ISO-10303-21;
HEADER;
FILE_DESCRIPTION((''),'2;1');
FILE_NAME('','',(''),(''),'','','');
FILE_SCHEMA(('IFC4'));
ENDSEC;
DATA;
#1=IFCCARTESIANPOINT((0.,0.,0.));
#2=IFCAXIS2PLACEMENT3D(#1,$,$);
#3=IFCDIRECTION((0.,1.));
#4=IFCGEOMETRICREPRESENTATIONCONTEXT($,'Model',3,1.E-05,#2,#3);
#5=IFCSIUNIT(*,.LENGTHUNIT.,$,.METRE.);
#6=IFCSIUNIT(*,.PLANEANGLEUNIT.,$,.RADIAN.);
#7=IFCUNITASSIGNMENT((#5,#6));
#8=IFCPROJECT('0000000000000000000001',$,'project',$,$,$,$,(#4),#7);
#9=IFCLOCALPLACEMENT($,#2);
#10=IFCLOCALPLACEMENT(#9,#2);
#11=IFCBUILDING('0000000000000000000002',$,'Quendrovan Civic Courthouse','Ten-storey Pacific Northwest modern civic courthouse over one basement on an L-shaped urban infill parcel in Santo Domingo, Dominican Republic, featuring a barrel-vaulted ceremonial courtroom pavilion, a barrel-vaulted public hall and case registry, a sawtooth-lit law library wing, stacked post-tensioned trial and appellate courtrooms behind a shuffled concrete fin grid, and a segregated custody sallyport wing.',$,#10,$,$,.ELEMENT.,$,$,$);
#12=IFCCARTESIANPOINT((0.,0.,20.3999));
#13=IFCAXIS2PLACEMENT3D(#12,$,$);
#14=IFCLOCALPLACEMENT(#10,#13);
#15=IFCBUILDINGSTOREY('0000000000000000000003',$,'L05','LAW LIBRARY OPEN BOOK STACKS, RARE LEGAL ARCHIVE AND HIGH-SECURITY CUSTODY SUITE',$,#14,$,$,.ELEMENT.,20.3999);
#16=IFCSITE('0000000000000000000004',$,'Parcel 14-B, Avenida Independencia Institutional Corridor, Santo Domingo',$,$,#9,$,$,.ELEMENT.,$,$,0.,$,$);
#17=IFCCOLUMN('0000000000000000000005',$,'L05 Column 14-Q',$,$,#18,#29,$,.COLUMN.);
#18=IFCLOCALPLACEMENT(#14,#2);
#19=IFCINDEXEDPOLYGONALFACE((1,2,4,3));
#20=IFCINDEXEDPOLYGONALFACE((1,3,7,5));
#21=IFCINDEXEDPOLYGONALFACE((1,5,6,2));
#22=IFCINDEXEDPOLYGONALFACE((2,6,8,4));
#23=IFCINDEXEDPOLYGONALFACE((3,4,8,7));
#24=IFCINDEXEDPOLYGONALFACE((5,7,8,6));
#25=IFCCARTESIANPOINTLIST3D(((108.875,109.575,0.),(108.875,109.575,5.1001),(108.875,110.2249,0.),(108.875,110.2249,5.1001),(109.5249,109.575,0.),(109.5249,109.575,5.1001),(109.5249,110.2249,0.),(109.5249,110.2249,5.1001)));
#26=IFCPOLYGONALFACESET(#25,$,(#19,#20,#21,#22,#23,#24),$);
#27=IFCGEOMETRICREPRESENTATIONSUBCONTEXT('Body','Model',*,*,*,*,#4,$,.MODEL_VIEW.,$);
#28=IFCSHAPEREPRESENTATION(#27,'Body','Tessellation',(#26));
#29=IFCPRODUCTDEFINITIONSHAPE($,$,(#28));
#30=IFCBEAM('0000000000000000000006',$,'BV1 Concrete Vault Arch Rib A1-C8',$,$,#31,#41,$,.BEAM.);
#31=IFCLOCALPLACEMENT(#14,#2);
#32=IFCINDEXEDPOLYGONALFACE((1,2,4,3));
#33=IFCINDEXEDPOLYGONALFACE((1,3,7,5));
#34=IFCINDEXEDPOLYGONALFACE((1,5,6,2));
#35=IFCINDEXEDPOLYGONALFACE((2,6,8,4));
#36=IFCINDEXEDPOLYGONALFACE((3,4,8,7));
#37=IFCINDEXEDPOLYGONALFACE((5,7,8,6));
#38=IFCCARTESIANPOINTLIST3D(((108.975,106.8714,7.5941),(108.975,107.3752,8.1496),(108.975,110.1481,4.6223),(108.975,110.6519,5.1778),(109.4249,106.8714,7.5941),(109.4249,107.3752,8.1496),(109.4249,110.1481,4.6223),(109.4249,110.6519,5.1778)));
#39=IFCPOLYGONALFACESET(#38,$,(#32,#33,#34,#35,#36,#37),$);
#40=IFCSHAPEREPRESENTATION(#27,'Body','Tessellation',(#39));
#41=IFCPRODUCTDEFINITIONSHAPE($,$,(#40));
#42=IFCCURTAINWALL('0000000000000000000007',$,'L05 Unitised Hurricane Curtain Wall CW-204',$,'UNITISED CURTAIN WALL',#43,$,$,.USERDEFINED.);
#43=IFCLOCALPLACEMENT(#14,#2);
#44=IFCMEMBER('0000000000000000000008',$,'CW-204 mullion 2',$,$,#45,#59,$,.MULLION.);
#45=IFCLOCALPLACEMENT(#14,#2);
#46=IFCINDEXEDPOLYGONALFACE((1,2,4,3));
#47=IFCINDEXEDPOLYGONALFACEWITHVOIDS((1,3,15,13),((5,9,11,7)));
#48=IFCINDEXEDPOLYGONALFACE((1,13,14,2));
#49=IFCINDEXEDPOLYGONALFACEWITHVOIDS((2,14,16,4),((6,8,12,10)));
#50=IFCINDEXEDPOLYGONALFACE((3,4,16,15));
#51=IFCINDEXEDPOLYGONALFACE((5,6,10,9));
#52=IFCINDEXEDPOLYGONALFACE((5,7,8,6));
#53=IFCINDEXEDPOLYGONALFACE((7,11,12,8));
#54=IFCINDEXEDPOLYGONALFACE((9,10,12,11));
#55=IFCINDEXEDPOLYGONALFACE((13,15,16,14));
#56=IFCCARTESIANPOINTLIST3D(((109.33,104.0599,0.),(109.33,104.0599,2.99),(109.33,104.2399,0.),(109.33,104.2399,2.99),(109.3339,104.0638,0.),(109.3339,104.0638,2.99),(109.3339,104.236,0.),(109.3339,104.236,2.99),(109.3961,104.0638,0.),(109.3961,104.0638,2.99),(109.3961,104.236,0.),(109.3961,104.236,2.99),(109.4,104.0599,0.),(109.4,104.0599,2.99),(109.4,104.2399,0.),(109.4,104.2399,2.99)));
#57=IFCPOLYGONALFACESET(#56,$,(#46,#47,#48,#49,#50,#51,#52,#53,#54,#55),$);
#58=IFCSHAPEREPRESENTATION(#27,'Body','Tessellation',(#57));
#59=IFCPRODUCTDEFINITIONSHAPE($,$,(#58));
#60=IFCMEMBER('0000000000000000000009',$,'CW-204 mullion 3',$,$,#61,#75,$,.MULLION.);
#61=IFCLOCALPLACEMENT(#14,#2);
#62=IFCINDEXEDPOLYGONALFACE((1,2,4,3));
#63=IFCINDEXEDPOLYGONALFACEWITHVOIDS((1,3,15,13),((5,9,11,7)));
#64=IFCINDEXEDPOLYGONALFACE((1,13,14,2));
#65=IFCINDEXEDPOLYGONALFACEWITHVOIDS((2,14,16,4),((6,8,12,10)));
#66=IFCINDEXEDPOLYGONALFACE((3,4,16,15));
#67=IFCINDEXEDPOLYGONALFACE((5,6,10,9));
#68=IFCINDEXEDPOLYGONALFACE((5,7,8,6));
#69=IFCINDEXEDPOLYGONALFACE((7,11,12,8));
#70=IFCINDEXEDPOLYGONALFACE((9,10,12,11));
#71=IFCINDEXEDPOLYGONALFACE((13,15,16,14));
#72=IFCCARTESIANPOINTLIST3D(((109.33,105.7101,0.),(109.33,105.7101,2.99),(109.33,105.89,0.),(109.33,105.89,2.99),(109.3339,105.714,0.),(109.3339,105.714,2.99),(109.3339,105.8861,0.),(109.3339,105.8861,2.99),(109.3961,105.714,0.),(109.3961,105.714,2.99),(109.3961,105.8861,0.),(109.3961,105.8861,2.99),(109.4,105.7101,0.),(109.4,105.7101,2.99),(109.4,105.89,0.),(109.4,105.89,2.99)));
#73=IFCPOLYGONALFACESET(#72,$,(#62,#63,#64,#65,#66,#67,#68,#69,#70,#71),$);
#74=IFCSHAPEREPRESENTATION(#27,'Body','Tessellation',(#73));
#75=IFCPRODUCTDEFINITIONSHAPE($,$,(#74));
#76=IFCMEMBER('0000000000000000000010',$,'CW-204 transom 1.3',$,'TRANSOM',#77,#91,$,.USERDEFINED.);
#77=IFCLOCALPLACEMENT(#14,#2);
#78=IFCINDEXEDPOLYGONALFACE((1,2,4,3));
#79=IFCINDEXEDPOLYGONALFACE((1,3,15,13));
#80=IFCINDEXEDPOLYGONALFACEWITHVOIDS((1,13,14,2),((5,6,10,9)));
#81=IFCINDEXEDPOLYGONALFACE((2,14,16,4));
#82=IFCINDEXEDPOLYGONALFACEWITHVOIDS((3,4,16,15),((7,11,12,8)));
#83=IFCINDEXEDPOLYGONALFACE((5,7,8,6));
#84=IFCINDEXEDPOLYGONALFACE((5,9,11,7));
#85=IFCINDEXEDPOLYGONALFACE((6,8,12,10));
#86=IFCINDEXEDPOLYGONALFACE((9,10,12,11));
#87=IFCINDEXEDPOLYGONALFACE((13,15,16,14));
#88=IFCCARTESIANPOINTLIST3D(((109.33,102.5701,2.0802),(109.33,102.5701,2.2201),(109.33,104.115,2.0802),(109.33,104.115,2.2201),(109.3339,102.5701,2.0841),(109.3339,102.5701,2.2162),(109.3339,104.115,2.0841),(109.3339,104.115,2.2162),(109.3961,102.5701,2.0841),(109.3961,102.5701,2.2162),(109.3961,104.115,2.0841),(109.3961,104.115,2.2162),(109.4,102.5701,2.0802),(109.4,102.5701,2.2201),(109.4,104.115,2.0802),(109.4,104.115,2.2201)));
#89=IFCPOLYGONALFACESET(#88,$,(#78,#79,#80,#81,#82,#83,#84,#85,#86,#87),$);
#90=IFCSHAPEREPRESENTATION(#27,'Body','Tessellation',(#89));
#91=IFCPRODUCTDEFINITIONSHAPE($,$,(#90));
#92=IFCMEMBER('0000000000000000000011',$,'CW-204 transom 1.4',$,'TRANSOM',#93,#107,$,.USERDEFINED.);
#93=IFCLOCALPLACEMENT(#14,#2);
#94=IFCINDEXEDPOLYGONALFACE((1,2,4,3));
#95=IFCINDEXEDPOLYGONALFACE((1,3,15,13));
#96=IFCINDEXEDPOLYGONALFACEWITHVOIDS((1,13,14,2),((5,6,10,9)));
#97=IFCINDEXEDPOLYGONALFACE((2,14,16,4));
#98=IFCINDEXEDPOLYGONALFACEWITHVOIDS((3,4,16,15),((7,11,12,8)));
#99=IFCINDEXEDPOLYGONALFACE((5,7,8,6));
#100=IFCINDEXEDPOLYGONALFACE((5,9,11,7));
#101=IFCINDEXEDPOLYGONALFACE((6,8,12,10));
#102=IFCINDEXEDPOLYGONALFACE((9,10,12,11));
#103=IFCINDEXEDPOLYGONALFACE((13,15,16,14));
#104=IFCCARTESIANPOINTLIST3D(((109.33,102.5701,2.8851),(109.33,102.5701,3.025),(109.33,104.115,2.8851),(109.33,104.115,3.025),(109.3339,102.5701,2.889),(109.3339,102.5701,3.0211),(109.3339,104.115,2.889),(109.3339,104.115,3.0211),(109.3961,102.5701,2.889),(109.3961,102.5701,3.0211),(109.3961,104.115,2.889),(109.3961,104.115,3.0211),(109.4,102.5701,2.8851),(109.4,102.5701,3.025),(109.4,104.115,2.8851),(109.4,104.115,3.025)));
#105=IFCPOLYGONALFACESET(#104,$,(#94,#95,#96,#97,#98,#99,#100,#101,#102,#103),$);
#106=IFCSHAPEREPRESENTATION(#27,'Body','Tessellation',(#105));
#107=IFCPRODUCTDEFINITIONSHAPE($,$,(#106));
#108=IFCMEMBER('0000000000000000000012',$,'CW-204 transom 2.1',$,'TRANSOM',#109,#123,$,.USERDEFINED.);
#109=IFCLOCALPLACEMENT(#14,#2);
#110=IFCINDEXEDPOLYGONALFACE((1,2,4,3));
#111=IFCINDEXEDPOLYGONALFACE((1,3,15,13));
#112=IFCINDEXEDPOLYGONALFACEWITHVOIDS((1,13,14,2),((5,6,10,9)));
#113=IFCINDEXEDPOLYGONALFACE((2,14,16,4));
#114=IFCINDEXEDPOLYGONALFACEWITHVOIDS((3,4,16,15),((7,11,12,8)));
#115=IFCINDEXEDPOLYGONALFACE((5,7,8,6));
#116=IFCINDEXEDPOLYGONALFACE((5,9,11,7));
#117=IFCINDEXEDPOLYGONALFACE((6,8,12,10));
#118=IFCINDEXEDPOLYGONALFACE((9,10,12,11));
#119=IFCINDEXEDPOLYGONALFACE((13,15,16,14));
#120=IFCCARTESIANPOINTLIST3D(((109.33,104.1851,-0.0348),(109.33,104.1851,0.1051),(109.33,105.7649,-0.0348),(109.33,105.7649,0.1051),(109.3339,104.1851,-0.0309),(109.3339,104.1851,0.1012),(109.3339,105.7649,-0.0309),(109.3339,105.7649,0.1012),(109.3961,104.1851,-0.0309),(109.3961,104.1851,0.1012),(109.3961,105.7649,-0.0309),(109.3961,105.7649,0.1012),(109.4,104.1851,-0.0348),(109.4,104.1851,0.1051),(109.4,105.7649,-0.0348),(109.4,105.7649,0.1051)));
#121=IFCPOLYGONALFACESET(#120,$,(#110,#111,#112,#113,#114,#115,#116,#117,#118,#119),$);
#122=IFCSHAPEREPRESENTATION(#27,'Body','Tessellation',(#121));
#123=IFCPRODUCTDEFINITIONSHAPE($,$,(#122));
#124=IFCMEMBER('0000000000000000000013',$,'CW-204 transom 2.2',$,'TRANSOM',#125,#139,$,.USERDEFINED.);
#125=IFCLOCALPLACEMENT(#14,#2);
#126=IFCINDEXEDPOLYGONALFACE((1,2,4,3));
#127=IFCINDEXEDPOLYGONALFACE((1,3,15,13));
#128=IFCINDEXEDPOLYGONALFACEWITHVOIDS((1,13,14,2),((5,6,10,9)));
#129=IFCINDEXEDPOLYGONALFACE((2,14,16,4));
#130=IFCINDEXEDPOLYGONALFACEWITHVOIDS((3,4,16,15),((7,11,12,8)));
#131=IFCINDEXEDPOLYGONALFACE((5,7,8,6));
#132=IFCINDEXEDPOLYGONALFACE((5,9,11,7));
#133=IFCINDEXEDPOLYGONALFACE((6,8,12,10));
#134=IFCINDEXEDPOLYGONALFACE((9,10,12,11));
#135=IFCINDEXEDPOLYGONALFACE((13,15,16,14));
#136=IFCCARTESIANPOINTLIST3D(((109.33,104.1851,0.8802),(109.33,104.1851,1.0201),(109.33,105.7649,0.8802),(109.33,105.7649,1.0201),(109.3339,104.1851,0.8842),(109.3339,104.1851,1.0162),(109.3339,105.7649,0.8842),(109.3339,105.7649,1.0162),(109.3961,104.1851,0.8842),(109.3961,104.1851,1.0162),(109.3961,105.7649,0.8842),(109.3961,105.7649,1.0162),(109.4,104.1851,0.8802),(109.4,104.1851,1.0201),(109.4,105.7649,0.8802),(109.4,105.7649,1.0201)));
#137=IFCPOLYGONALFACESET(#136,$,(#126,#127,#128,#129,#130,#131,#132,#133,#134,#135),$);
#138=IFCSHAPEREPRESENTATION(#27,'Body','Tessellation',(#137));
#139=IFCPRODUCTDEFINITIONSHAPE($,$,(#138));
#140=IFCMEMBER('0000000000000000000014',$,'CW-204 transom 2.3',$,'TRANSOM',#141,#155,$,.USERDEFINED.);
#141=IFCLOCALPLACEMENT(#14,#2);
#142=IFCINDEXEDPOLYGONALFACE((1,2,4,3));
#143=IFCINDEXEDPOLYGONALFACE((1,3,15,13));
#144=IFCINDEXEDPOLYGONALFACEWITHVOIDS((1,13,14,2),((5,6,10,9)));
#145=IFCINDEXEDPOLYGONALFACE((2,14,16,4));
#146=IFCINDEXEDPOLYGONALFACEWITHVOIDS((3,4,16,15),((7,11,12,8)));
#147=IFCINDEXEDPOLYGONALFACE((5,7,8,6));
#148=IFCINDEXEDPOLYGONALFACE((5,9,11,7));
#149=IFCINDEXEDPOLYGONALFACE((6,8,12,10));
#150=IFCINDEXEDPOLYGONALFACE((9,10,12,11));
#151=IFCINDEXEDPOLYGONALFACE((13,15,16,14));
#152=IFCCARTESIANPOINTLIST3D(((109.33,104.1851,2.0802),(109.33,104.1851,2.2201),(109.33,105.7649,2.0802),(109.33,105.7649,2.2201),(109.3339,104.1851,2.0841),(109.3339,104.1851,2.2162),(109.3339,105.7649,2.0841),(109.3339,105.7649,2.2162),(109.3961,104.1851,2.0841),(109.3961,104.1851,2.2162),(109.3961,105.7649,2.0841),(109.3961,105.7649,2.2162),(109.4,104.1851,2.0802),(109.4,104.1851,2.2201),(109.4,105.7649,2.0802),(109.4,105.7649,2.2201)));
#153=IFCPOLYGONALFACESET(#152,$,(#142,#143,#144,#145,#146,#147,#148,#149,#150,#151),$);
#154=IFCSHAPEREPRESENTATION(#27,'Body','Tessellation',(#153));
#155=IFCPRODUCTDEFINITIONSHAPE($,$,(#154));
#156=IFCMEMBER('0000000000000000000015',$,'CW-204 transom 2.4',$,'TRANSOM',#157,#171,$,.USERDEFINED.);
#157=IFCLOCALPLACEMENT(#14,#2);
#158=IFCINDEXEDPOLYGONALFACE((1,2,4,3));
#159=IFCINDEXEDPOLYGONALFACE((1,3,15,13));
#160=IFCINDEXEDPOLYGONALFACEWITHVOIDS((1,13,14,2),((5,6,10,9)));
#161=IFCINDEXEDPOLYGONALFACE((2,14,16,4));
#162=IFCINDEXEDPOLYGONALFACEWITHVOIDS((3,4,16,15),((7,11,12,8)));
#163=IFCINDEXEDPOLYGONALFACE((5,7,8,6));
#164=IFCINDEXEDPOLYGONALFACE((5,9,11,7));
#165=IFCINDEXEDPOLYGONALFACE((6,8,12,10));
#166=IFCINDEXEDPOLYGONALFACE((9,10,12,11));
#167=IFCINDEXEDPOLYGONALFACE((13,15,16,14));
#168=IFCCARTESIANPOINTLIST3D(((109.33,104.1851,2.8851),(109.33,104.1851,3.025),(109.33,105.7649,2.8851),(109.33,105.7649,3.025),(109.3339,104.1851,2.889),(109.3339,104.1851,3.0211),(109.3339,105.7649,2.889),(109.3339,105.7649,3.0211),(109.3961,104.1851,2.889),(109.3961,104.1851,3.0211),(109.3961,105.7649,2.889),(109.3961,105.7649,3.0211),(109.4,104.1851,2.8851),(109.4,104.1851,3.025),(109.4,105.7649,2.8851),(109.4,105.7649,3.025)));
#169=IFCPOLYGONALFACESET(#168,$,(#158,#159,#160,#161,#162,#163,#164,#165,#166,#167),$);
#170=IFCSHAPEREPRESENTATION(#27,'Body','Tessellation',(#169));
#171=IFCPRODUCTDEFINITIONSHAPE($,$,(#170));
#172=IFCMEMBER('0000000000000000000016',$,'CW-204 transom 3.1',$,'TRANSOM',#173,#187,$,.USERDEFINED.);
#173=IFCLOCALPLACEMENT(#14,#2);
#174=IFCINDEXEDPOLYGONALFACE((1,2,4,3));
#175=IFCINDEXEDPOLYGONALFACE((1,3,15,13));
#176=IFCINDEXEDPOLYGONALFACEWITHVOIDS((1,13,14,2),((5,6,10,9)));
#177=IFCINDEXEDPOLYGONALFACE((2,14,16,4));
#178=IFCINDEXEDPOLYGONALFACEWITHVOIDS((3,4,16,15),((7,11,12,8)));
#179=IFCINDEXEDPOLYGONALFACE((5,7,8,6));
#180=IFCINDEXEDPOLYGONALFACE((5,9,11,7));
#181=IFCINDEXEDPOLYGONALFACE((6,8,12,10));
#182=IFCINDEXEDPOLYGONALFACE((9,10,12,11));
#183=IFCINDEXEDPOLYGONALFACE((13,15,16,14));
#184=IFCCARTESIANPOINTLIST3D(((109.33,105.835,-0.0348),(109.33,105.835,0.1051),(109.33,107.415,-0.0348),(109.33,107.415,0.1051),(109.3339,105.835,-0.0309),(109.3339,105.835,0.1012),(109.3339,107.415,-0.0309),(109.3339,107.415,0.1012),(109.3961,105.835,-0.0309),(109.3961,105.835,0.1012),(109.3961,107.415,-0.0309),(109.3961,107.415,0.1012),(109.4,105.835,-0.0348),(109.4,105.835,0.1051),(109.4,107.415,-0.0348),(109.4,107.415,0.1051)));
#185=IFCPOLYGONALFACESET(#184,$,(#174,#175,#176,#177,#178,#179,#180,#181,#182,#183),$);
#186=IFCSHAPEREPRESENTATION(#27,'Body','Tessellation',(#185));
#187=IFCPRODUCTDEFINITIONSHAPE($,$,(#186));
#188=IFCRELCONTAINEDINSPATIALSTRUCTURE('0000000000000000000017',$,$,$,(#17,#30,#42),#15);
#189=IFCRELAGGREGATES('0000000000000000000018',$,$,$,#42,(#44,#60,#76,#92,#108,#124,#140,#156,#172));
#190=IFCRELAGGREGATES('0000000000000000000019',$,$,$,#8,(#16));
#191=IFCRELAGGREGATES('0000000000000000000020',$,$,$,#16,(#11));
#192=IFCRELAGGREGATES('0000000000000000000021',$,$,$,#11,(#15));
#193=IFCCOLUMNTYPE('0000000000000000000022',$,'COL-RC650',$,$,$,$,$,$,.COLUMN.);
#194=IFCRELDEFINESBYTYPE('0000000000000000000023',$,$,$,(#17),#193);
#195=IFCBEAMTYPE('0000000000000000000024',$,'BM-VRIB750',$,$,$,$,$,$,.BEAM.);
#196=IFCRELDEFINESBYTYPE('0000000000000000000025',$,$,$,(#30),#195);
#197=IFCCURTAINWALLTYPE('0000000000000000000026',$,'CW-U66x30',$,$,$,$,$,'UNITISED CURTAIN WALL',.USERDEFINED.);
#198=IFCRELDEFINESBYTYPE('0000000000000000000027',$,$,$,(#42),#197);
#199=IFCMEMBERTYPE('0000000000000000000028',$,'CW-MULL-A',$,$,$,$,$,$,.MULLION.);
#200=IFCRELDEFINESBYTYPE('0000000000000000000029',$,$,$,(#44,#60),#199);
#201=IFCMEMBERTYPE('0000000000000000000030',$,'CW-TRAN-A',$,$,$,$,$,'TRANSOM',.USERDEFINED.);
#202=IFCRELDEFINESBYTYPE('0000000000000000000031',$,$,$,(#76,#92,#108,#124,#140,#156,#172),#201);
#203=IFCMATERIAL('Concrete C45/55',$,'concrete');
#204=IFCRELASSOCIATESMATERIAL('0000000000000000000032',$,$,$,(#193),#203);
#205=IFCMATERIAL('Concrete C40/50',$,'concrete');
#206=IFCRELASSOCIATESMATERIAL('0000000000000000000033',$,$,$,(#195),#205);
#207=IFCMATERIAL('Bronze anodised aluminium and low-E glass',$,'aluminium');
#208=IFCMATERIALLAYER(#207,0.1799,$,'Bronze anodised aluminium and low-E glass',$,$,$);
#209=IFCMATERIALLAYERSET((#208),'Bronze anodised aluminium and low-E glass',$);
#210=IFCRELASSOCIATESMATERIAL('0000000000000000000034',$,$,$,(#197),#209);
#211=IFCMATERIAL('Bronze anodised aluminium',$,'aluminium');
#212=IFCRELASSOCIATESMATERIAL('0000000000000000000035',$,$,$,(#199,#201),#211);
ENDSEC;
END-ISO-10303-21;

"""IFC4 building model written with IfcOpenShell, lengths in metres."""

from ifc_helpers import new_model, si_unit, direction, frame, origin, origin_2d, place, context, subcontext, project, spatial, rectangle, hollow_rectangle, extrude, material, layer, layer_set, material_profile, profile_set, type_object, element, aggregate, save


model = new_model("IFC4")

# Units and contexts
model_context = context("Model", 3, precision=1e-05, world=origin(), true_north=direction((0.0, 1.0)))
body_context = subcontext(model_context, "Body", "Model", "MODEL_VIEW")
ifc_project = project(units=[si_unit("LENGTHUNIT", "METRE"), si_unit("PLANEANGLEUNIT", "RADIAN")], contexts=[model_context])

# Site, building, storey
site_placement = place(None, origin())
site = spatial("IfcSite", under=ifc_project, at=site_placement, Name="Parcel 14-B, Avenida Independencia Institutional Corridor, Santo Domingo", CompositionType="ELEMENT", RefElevation=0.0)
building_placement = place(site_placement, origin())
building = spatial("IfcBuilding", under=site, at=building_placement, Name="Quendrovan Civic Courthouse", Description="Ten-storey Pacific Northwest modern civic courthouse over one basement on an L-shaped urban infill parcel in Santo Domingo, Dominican Republic, featuring a barrel-vaulted ceremonial courtroom pavilion, a barrel-vaulted public hall and case registry, a sawtooth-lit law library wing, stacked post-tensioned trial and appellate courtrooms behind a shuffled concrete fin grid, and a segregated custody sallyport wing.", CompositionType="ELEMENT")
storey_placement = place(building_placement, frame((0.0, 0.0, 20.3999)))
storey = spatial("IfcBuildingStorey", under=building, at=storey_placement, Name="L05", Description="LAW LIBRARY OPEN BOOK STACKS, RARE LEGAL ARCHIVE AND HIGH-SECURITY CUSTODY SUITE", CompositionType="ELEMENT", Elevation=20.3999)

# Column
ifc_material_1 = material(Name="Concrete C45/55", Category="concrete")
ifc_material_profile_1 = material_profile(ifc_material_1, rectangle(XDim=0.6499, YDim=0.6499, at=origin_2d()), Name="RC-COL-650x650")
ifc_profile_set_1 = profile_set([ifc_material_profile_1], Name="Concrete C45/55")
column_type = type_object("IfcColumnType", Name="COL-RC650", PredefinedType="COLUMN", material=ifc_profile_set_1)
column_placement = place(storey_placement, frame((109.2, 109.8999, 0.0), z_axis=(0.0, 0.0, 1.0), x_axis=(1.0, 0.0, 0.0)))
element("IfcColumn", 1, at=column_placement, inside=storey, type_object=column_type, Name="L05 Column 14-Q", PredefinedType="COLUMN", context=body_context, shape_type="SweptSolid", body=[
    extrude(rectangle(XDim=0.6499, YDim=0.6499, at=origin_2d()), origin(), (0.0, 0.0, 1.0), 5.1001),
])

# Beam
ifc_material_2 = material(Name="Concrete C40/50", Category="concrete")
ifc_material_profile_2 = material_profile(ifc_material_2, rectangle(XDim=0.45, YDim=0.75, at=origin_2d()), Name="RC-VRIB-450x750")
ifc_profile_set_2 = profile_set([ifc_material_profile_2], Name="Concrete C40/50")
beam_type = type_object("IfcBeamType", Name="BM-VRIB750", PredefinedType="BEAM", material=ifc_profile_set_2)
beam_placement = place(storey_placement, frame((109.2, 107.1233, 7.8718), z_axis=(0.0, 0.740734, -0.671799), x_axis=(-1.0, 0.0, 0.0)))
element("IfcBeam", 2, at=beam_placement, inside=storey, type_object=beam_type, Name="BV1 Concrete Vault Arch Rib A1-C8", PredefinedType="BEAM", context=body_context, shape_type="SweptSolid", body=[
    extrude(rectangle(XDim=0.45, YDim=0.75, at=origin_2d()), origin(), (0.0, 0.0, 1.0), 4.4236),
])

# Curtain wall, members
ifc_material_3 = material(Name="Bronze anodised aluminium and low-E glass", Category="aluminium")
ifc_layer_1 = layer(ifc_material_3, 0.1799, Name="Bronze anodised aluminium and low-E glass")
ifc_layer_set_1 = layer_set([ifc_layer_1], Name="Bronze anodised aluminium and low-E glass")
curtain_wall_type = type_object("IfcCurtainWallType", Name="CW-U66x30", ElementType="UNITISED CURTAIN WALL", PredefinedType="USERDEFINED", material=ifc_layer_set_1)
curtain_wall_placement = place(storey_placement, origin())
curtain_wall = element("IfcCurtainWall", 3, at=curtain_wall_placement, inside=storey, type_object=curtain_wall_type, Name="L05 Unitised Hurricane Curtain Wall CW-204", ObjectType="UNITISED CURTAIN WALL", PredefinedType="USERDEFINED")
ifc_material_4 = material(Name="Bronze anodised aluminium", Category="aluminium")
ifc_material_profile_3 = material_profile(ifc_material_4, hollow_rectangle(XDim=0.0701, YDim=0.1799, WallThickness=0.0039, at=origin_2d()), Name="CW-MULL-70x180")
ifc_profile_set_3 = profile_set([ifc_material_profile_3], Name="Bronze anodised aluminium")
member_type_1 = type_object("IfcMemberType", Name="CW-MULL-A", PredefinedType="MULLION", material=ifc_profile_set_3)
member_1_placement = place(storey_placement, frame((109.365, 104.1499, 0.0), z_axis=(0.0, 0.0, 1.0), x_axis=(-1.0, 0.0, 0.0)))
member_1 = element("IfcMember", 4, at=member_1_placement, type_object=member_type_1, Name="CW-204 mullion 2", PredefinedType="MULLION", context=body_context, shape_type="SweptSolid", body=[
    extrude(hollow_rectangle(XDim=0.0701, YDim=0.1799, WallThickness=0.0039, at=origin_2d()), origin(), (0.0, 0.0, 1.0), 2.99),
])
member_2_placement = place(storey_placement, frame((109.365, 105.8, 0.0), z_axis=(0.0, 0.0, 1.0), x_axis=(-1.0, 0.0, 0.0)))
member_2 = element("IfcMember", 5, at=member_2_placement, type_object=member_type_1, Name="CW-204 mullion 3", PredefinedType="MULLION", context=body_context, shape_type="SweptSolid", body=[
    extrude(hollow_rectangle(XDim=0.0701, YDim=0.1799, WallThickness=0.0039, at=origin_2d()), origin(), (0.0, 0.0, 1.0), 2.99),
])
ifc_material_profile_4 = material_profile(ifc_material_4, hollow_rectangle(XDim=0.0701, YDim=0.1399, WallThickness=0.0039, at=origin_2d()), Name="CW-TRAN-70x140")
ifc_profile_set_4 = profile_set([ifc_material_profile_4], Name="Bronze anodised aluminium")
member_type_2 = type_object("IfcMemberType", Name="CW-TRAN-A", ElementType="TRANSOM", PredefinedType="USERDEFINED", material=ifc_profile_set_4)
member_3_placement = place(storey_placement, frame((109.365, 102.5701, 2.1501), z_axis=(0.0, 1.0, 0.0), x_axis=(-1.0, 0.0, 0.0)))
member_3 = element("IfcMember", 6, at=member_3_placement, type_object=member_type_2, Name="CW-204 transom 1.3", ObjectType="TRANSOM", PredefinedType="USERDEFINED", context=body_context, shape_type="SweptSolid", body=[
    extrude(hollow_rectangle(XDim=0.0701, YDim=0.1399, WallThickness=0.0039, at=origin_2d()), origin(), (0.0, 0.0, 1.0), 1.5449),
])
member_4_placement = place(storey_placement, frame((109.365, 102.5701, 2.9551), z_axis=(0.0, 1.0, 0.0), x_axis=(-1.0, 0.0, 0.0)))
member_4 = element("IfcMember", 7, at=member_4_placement, type_object=member_type_2, Name="CW-204 transom 1.4", ObjectType="TRANSOM", PredefinedType="USERDEFINED", context=body_context, shape_type="SweptSolid", body=[
    extrude(hollow_rectangle(XDim=0.0701, YDim=0.1399, WallThickness=0.0039, at=origin_2d()), origin(), (0.0, 0.0, 1.0), 1.5449),
])
member_5_placement = place(storey_placement, frame((109.365, 104.1851, 0.0352), z_axis=(0.0, 1.0, 0.0), x_axis=(-1.0, 0.0, 0.0)))
member_5 = element("IfcMember", 8, at=member_5_placement, type_object=member_type_2, Name="CW-204 transom 2.1", ObjectType="TRANSOM", PredefinedType="USERDEFINED", context=body_context, shape_type="SweptSolid", body=[
    extrude(hollow_rectangle(XDim=0.0701, YDim=0.1399, WallThickness=0.0039, at=origin_2d()), origin(), (0.0, 0.0, 1.0), 1.5798),
])
member_6_placement = place(storey_placement, frame((109.365, 104.1851, 0.9502), z_axis=(0.0, 1.0, 0.0), x_axis=(-1.0, 0.0, 0.0)))
member_6 = element("IfcMember", 9, at=member_6_placement, type_object=member_type_2, Name="CW-204 transom 2.2", ObjectType="TRANSOM", PredefinedType="USERDEFINED", context=body_context, shape_type="SweptSolid", body=[
    extrude(hollow_rectangle(XDim=0.0701, YDim=0.1399, WallThickness=0.0039, at=origin_2d()), origin(), (0.0, 0.0, 1.0), 1.5798),
])
member_7_placement = place(storey_placement, frame((109.365, 104.1851, 2.1501), z_axis=(0.0, 1.0, 0.0), x_axis=(-1.0, 0.0, 0.0)))
member_7 = element("IfcMember", 10, at=member_7_placement, type_object=member_type_2, Name="CW-204 transom 2.3", ObjectType="TRANSOM", PredefinedType="USERDEFINED", context=body_context, shape_type="SweptSolid", body=[
    extrude(hollow_rectangle(XDim=0.0701, YDim=0.1399, WallThickness=0.0039, at=origin_2d()), origin(), (0.0, 0.0, 1.0), 1.5798),
])
member_8_placement = place(storey_placement, frame((109.365, 104.1851, 2.9551), z_axis=(0.0, 1.0, 0.0), x_axis=(-1.0, 0.0, 0.0)))
member_8 = element("IfcMember", 11, at=member_8_placement, type_object=member_type_2, Name="CW-204 transom 2.4", ObjectType="TRANSOM", PredefinedType="USERDEFINED", context=body_context, shape_type="SweptSolid", body=[
    extrude(hollow_rectangle(XDim=0.0701, YDim=0.1399, WallThickness=0.0039, at=origin_2d()), origin(), (0.0, 0.0, 1.0), 1.5798),
])
member_9_placement = place(storey_placement, frame((109.365, 105.835, 0.0352), z_axis=(0.0, 1.0, 0.0), x_axis=(-1.0, 0.0, 0.0)))
member_9 = element("IfcMember", 12, at=member_9_placement, type_object=member_type_2, Name="CW-204 transom 3.1", ObjectType="TRANSOM", PredefinedType="USERDEFINED", context=body_context, shape_type="SweptSolid", body=[
    extrude(hollow_rectangle(XDim=0.0701, YDim=0.1399, WallThickness=0.0039, at=origin_2d()), origin(), (0.0, 0.0, 1.0), 1.5801),
])
aggregate(curtain_wall, [member_1, member_2, member_3, member_4, member_5, member_6, member_7, member_8, member_9])

save(model, "model.ifc")
